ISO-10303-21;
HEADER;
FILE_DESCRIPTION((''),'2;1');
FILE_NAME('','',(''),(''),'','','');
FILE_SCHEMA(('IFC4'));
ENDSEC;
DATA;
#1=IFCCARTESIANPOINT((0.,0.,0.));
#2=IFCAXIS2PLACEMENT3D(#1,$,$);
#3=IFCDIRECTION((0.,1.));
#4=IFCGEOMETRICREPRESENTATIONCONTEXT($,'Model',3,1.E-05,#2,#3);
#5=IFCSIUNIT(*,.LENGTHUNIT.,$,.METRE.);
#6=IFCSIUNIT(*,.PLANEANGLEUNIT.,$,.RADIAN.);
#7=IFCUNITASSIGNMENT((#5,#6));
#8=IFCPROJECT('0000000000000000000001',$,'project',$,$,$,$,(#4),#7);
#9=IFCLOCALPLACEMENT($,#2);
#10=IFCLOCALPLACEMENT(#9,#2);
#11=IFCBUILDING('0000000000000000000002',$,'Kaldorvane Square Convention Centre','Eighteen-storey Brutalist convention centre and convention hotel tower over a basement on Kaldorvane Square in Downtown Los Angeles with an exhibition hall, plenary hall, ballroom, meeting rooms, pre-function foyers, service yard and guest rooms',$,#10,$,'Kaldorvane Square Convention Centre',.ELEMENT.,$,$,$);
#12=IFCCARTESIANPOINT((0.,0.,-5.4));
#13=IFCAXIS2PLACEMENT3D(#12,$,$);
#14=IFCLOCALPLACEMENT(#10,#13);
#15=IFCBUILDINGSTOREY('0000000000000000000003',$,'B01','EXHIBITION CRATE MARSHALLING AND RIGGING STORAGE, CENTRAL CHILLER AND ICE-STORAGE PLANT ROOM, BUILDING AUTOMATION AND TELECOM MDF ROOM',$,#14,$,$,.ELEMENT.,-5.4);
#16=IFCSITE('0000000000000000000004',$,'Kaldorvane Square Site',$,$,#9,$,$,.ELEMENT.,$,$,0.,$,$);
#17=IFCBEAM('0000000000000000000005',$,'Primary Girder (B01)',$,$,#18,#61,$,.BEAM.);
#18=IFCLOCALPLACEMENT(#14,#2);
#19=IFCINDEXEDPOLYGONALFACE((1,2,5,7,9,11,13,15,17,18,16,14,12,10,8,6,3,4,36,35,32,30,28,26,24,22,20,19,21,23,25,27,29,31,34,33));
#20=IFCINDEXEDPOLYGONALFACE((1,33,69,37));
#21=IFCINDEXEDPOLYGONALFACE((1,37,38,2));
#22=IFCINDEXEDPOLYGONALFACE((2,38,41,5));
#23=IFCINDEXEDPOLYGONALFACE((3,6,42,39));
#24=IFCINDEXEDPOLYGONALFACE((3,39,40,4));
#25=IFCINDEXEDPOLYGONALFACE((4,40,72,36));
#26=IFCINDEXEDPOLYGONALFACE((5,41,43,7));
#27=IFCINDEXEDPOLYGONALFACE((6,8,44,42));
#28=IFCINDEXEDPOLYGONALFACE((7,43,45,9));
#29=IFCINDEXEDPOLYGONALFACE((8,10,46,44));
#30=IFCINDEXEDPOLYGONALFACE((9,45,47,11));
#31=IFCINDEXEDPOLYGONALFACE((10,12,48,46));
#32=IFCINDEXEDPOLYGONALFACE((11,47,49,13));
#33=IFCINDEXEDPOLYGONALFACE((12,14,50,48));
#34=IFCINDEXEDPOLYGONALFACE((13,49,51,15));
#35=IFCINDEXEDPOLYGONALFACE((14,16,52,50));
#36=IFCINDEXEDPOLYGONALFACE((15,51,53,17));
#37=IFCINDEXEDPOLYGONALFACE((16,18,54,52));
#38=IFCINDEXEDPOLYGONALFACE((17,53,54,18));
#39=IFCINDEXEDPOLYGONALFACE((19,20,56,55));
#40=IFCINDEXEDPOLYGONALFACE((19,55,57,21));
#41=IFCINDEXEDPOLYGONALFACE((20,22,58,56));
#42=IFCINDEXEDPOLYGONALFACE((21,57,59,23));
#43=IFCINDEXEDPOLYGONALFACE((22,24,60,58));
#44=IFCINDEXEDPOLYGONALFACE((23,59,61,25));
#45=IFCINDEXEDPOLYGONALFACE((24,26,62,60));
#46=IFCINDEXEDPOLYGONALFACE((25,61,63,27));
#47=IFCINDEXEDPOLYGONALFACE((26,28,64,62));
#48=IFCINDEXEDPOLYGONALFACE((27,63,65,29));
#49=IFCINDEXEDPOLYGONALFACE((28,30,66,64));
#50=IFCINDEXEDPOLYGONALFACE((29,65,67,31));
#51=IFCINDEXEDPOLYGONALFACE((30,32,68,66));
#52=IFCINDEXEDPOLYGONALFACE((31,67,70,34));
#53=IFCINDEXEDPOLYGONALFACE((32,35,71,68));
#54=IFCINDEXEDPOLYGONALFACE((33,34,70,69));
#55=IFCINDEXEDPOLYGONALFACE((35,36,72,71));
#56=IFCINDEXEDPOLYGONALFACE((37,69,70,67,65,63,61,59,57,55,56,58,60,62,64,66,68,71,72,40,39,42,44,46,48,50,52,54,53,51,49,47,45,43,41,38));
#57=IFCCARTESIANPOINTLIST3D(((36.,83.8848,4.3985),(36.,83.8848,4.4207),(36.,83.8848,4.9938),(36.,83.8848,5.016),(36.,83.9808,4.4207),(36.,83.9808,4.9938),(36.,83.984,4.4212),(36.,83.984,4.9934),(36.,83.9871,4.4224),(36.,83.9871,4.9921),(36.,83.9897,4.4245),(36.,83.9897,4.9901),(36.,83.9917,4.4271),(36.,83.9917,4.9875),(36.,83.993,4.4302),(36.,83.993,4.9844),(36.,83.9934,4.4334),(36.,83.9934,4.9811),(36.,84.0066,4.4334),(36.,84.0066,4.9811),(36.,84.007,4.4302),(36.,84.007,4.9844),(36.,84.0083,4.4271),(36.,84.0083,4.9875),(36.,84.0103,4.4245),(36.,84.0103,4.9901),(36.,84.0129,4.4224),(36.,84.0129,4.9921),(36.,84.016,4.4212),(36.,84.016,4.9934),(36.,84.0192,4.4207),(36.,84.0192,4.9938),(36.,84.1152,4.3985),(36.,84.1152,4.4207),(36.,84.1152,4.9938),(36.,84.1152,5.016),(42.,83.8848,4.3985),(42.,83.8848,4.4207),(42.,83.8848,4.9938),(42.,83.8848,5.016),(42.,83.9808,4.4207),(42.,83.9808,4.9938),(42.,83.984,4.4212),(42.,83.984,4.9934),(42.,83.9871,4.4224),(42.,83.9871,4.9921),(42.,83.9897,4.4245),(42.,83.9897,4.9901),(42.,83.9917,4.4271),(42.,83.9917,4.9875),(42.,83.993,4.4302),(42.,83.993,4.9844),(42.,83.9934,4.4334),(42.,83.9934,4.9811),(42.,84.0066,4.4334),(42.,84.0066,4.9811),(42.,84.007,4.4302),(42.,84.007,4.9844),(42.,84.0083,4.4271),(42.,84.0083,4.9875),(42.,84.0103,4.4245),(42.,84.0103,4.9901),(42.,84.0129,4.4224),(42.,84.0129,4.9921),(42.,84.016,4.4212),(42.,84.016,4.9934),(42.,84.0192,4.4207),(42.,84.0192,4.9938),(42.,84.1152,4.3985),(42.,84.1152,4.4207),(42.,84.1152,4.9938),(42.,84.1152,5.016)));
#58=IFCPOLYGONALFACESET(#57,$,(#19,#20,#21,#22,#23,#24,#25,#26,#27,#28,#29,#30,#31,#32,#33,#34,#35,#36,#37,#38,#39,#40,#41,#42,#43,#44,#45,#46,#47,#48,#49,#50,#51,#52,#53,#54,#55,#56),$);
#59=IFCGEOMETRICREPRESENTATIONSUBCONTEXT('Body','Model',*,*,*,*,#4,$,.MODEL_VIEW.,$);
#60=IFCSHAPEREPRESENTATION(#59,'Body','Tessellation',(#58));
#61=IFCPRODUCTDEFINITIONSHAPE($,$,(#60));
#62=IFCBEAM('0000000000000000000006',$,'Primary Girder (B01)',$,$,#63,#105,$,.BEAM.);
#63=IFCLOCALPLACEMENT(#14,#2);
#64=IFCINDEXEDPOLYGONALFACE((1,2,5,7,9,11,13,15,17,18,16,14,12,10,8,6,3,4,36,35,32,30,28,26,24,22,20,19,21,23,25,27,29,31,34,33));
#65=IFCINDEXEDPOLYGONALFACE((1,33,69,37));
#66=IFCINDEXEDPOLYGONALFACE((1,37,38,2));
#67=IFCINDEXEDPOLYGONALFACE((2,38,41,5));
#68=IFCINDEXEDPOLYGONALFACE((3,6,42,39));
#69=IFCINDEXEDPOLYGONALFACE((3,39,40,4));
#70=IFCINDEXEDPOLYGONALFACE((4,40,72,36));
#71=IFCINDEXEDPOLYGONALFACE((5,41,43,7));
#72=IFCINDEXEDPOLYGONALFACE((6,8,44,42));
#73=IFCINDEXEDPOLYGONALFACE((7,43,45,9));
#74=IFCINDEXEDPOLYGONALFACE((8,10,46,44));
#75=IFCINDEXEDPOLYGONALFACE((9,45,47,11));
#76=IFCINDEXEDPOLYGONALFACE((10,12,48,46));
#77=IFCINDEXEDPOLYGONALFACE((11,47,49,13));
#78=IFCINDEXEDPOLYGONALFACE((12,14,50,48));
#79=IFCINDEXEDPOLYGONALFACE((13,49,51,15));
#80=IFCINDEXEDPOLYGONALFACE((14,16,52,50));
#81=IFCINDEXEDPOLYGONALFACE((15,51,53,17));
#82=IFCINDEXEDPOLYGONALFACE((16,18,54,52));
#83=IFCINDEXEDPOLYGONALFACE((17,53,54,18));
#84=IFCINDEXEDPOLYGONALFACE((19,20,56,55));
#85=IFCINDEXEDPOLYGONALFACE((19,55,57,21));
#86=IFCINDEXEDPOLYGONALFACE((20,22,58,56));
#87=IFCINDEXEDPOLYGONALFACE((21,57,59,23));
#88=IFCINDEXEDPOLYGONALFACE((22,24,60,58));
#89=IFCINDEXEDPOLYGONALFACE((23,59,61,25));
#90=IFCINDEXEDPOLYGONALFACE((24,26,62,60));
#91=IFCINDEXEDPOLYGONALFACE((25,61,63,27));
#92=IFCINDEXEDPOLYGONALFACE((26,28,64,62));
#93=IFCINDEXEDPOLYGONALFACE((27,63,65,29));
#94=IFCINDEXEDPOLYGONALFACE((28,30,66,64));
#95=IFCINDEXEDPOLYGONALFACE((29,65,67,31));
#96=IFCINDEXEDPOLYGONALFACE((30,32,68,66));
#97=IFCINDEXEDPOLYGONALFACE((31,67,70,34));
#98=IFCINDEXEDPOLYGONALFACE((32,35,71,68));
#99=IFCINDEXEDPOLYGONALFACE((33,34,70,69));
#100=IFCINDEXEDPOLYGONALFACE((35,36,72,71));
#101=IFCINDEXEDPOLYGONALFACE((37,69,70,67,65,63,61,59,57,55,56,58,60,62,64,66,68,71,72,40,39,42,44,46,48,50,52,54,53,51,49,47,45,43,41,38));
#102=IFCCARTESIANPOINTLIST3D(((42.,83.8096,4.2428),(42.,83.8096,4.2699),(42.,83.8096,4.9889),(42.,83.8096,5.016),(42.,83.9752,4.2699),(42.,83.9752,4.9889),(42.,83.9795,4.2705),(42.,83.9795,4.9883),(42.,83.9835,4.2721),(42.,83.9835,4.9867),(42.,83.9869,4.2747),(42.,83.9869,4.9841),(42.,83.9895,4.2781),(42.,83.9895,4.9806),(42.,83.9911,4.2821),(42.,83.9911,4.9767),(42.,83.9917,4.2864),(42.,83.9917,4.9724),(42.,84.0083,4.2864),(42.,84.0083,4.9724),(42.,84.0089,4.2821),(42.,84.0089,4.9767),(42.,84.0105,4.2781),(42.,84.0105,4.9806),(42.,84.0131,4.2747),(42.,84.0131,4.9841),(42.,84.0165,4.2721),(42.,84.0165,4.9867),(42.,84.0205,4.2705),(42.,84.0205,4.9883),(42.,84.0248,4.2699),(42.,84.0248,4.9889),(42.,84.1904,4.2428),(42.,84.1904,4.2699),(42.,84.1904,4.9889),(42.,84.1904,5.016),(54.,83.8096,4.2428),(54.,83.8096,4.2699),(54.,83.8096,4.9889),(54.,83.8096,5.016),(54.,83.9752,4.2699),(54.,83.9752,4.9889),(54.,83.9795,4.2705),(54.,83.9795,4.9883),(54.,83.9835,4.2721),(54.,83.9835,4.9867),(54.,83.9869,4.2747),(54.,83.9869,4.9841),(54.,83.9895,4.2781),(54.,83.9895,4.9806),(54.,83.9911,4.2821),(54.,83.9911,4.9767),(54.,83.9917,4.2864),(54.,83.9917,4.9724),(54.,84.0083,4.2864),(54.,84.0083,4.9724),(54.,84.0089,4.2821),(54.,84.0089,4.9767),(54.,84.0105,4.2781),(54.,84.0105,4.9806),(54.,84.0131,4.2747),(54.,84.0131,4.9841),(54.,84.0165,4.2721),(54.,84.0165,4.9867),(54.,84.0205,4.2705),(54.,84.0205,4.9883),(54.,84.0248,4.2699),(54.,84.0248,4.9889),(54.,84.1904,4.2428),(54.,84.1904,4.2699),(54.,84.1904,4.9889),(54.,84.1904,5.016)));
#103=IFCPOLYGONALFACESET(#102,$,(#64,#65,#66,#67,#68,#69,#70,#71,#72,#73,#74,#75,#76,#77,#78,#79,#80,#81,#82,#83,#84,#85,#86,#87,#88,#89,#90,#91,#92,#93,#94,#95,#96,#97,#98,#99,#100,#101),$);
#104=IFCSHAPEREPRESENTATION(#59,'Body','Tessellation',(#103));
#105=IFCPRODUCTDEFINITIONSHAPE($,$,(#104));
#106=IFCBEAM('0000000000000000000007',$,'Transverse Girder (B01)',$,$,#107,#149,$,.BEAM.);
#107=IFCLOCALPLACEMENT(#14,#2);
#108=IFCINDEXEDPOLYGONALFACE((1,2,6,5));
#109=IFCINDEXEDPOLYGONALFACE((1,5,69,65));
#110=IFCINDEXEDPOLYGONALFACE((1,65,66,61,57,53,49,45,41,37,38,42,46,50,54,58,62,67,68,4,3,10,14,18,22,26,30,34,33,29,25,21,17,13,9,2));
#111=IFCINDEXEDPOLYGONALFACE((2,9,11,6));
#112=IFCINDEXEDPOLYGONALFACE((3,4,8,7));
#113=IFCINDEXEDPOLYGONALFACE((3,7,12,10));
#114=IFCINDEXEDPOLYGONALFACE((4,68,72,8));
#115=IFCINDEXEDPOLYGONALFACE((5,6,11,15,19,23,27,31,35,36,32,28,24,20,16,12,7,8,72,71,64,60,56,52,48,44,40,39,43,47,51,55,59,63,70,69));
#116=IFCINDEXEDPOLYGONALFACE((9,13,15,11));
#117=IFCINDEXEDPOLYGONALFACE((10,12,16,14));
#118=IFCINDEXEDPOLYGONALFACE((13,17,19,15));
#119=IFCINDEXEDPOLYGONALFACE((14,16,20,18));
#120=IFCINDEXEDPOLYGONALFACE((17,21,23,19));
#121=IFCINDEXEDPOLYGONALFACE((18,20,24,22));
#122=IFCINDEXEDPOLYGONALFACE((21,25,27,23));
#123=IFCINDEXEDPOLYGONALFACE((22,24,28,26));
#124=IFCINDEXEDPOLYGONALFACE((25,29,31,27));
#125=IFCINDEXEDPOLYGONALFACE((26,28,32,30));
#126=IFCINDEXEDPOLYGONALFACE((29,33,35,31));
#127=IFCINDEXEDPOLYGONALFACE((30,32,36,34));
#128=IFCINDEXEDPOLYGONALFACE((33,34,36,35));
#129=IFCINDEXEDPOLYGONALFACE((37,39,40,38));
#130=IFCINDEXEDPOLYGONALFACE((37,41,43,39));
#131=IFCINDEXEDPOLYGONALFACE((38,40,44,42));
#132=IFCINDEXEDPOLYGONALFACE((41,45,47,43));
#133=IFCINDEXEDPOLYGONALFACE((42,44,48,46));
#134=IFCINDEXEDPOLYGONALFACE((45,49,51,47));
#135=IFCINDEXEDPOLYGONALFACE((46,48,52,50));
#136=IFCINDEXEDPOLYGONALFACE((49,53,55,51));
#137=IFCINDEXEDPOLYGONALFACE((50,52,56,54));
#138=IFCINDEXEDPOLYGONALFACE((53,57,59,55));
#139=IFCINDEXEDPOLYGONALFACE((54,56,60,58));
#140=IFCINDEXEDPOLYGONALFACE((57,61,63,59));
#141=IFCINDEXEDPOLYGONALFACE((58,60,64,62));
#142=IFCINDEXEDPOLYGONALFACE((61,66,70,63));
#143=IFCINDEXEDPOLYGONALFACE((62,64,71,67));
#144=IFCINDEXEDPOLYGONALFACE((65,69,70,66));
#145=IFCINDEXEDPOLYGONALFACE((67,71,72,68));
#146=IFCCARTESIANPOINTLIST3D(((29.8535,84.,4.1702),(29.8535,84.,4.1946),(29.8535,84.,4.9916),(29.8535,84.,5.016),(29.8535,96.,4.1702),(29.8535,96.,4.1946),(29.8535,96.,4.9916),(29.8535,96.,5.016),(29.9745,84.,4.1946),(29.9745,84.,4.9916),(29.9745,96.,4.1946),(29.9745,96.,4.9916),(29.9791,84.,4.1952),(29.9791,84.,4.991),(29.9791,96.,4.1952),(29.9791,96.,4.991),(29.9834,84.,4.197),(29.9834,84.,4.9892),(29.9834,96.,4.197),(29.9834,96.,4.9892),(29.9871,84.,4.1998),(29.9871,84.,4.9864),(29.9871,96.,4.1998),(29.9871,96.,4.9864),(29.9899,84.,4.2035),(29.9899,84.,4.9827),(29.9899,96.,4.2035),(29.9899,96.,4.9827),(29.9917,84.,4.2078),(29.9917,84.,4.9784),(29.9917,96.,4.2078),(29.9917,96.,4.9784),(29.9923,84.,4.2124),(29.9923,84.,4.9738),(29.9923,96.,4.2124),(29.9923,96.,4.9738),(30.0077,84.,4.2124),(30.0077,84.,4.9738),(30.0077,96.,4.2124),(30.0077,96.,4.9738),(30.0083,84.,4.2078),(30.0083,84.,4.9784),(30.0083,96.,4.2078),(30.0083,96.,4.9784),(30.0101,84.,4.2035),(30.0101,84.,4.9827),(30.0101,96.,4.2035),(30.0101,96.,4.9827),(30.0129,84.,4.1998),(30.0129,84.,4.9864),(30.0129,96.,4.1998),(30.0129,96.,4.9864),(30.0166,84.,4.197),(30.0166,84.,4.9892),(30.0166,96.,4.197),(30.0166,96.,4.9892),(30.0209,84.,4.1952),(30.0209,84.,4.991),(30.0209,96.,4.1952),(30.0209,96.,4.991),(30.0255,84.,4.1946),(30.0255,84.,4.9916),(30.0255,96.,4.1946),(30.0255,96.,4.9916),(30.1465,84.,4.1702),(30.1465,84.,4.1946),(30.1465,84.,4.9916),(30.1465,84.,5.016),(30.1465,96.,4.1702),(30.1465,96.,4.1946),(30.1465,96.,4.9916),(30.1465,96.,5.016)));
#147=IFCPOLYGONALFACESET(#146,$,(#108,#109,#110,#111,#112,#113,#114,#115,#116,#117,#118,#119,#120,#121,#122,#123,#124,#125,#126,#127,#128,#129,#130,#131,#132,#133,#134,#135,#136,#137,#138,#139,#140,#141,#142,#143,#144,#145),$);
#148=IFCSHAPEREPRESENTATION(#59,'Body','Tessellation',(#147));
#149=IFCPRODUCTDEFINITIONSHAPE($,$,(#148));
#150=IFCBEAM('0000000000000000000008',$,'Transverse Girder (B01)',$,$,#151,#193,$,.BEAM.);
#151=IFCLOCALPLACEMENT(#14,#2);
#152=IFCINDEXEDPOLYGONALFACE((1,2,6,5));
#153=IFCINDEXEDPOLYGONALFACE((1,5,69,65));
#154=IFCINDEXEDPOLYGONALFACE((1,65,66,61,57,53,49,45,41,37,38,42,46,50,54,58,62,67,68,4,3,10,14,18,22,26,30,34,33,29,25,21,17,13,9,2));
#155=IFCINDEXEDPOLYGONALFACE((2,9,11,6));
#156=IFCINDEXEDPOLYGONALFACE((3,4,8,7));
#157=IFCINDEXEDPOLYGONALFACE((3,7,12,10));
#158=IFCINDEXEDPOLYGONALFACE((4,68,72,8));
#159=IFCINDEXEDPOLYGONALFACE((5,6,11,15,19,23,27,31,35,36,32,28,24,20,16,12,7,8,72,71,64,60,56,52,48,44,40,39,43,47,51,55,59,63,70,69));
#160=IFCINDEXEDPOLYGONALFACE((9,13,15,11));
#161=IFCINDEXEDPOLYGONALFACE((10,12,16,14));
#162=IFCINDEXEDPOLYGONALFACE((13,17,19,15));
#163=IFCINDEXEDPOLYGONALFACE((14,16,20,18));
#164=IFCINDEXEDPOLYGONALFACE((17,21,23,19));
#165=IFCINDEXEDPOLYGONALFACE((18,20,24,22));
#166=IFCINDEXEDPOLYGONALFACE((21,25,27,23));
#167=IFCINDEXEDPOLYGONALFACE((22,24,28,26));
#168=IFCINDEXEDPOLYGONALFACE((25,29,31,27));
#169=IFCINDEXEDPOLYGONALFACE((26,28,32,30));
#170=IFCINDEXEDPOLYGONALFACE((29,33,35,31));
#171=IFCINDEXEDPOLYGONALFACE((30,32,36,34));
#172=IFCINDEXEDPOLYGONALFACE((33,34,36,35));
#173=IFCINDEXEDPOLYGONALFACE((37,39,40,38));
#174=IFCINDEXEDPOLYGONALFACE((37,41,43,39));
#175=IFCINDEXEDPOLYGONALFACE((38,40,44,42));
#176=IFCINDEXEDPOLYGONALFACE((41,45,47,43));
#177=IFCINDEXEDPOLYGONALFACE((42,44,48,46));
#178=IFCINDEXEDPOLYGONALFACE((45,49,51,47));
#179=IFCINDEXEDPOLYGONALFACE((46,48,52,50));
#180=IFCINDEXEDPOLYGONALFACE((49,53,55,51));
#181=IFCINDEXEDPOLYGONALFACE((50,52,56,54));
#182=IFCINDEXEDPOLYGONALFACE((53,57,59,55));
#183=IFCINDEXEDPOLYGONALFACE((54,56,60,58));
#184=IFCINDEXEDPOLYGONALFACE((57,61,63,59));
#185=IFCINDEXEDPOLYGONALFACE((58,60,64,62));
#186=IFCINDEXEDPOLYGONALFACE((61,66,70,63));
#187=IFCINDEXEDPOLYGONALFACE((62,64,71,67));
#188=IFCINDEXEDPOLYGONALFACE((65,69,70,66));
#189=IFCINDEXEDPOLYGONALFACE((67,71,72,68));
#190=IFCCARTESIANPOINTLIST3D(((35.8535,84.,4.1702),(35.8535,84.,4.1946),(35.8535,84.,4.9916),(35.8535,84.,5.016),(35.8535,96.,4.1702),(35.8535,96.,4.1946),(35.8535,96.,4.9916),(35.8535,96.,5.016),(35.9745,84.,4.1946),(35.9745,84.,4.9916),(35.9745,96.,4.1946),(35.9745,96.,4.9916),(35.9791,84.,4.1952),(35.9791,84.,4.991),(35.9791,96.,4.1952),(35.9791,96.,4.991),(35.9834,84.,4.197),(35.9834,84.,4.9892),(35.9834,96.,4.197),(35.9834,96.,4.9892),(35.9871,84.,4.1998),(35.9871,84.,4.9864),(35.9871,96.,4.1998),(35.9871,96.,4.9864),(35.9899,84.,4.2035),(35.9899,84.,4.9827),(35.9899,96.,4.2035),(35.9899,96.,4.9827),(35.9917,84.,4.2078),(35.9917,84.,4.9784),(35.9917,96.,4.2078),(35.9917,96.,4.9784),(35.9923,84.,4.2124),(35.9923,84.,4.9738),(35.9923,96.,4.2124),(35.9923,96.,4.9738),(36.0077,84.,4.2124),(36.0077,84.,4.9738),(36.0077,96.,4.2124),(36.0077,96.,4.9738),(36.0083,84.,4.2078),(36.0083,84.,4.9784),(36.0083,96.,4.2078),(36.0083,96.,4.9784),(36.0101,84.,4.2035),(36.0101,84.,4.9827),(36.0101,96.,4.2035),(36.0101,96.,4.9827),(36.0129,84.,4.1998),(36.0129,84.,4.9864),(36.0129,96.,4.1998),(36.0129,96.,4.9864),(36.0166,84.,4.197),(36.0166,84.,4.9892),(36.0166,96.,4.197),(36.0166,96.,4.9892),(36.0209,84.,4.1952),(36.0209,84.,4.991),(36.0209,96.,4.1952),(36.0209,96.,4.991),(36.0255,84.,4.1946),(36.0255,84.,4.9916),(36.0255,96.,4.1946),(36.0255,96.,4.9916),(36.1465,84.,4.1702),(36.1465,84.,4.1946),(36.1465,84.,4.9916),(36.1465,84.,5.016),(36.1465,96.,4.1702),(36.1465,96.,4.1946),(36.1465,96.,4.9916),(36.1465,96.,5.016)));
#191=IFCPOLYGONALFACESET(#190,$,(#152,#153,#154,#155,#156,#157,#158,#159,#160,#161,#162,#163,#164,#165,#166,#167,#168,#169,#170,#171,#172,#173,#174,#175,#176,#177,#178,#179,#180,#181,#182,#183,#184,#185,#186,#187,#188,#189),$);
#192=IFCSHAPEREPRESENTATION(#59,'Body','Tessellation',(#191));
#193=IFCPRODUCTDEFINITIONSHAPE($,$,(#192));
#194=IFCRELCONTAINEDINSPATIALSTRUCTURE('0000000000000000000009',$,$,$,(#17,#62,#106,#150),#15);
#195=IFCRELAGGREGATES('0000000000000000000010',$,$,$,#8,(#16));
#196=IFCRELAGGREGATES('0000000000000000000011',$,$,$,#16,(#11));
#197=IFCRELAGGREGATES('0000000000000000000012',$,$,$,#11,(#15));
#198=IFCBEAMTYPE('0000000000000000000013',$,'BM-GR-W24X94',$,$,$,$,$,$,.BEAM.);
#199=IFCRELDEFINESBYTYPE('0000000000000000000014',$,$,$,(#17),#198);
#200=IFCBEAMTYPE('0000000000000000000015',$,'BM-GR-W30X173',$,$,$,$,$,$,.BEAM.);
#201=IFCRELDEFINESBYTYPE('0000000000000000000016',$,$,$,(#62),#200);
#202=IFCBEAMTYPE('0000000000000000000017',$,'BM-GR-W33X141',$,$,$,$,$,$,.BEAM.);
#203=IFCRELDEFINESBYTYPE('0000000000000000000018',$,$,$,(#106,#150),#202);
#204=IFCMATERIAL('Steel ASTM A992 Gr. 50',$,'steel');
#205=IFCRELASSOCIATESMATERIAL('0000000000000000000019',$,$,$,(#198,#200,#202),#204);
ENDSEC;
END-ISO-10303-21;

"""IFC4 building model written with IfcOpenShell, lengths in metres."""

from ifc_helpers import new_model, si_unit, direction, frame, origin, origin_2d, place, context, subcontext, project, spatial, i_section, extrude, material, material_profile, profile_set, type_object, element, save


model = new_model("IFC4")

# Units and contexts
model_context = context("Model", 3, precision=1e-05, world=origin(), true_north=direction((0.0, 1.0)))
body_context = subcontext(model_context, "Body", "Model", "MODEL_VIEW")
ifc_project = project(units=[si_unit("LENGTHUNIT", "METRE"), si_unit("PLANEANGLEUNIT", "RADIAN")], contexts=[model_context])

# Site, building, storey
site_placement = place(None, origin())
site = spatial("IfcSite", under=ifc_project, at=site_placement, Name="Kaldorvane Square Site", CompositionType="ELEMENT", RefElevation=0.0)
building_placement = place(site_placement, origin())
building = spatial("IfcBuilding", under=site, at=building_placement, Name="Kaldorvane Square Convention Centre", Description="Eighteen-storey Brutalist convention centre and convention hotel tower over a basement on Kaldorvane Square in Downtown Los Angeles with an exhibition hall, plenary hall, ballroom, meeting rooms, pre-function foyers, service yard and guest rooms", LongName="Kaldorvane Square Convention Centre", CompositionType="ELEMENT")
storey_placement = place(building_placement, frame((0.0, 0.0, -5.4)))
storey = spatial("IfcBuildingStorey", under=building, at=storey_placement, Name="B01", Description="EXHIBITION CRATE MARSHALLING AND RIGGING STORAGE, CENTRAL CHILLER AND ICE-STORAGE PLANT ROOM, BUILDING AUTOMATION AND TELECOM MDF ROOM", CompositionType="ELEMENT", Elevation=-5.4)

# Shared definitions
ifc_material_1 = material(Name="Steel ASTM A992 Gr. 50", Category="steel")

# Beams
ifc_material_profile_1 = material_profile(ifc_material_1, i_section(OverallWidth=0.2303, OverallDepth=0.6175, WebThickness=0.0131, FlangeThickness=0.0222, FilletRadius=0.0127, at=origin_2d()), Name="W24X94")
ifc_profile_set_1 = profile_set([ifc_material_profile_1], Name="Steel ASTM A992 Gr. 50")
beam_type_1 = type_object("IfcBeamType", Name="BM-GR-W24X94", PredefinedType="BEAM", material=ifc_profile_set_1)
for number, where, z_axis, x_axis, name in (
    (1, (36.0, 84.0, 4.7073), (1.0, 0.0, 0.0), (0.0, 1.0, 0.0), "Primary Girder (B01)"),
):
    element("IfcBeam", number, at=place(storey_placement, frame(where, z_axis=z_axis, x_axis=x_axis)), inside=storey, type_object=beam_type_1, Name=name, PredefinedType="BEAM", context=body_context, shape_type="SweptSolid", body=[
        extrude(i_section(OverallWidth=0.2303, OverallDepth=0.6175, WebThickness=0.0131, FlangeThickness=0.0222, FilletRadius=0.0127, at=origin_2d()), origin(), (0.0, 0.0, 1.0), 6.0),
    ])
ifc_material_profile_2 = material_profile(ifc_material_1, i_section(OverallWidth=0.3807, OverallDepth=0.7732, WebThickness=0.0166, FlangeThickness=0.0271, FilletRadius=0.0165, at=origin_2d()), Name="W30X173")
ifc_profile_set_2 = profile_set([ifc_material_profile_2], Name="Steel ASTM A992 Gr. 50")
beam_type_2 = type_object("IfcBeamType", Name="BM-GR-W30X173", PredefinedType="BEAM", material=ifc_profile_set_2)
beam_placement = place(storey_placement, frame((42.0, 84.0, 4.6294), z_axis=(1.0, 0.0, 0.0), x_axis=(0.0, 1.0, 0.0)))
element("IfcBeam", 2, at=beam_placement, inside=storey, type_object=beam_type_2, Name="Primary Girder (B01)", PredefinedType="BEAM", context=body_context, shape_type="SweptSolid", body=[
    extrude(i_section(OverallWidth=0.3807, OverallDepth=0.7732, WebThickness=0.0166, FlangeThickness=0.0271, FilletRadius=0.0165, at=origin_2d()), origin(), (0.0, 0.0, 1.0), 12.0),
])
ifc_material_profile_3 = material_profile(ifc_material_1, i_section(OverallWidth=0.293, OverallDepth=0.8458, WebThickness=0.0154, FlangeThickness=0.0244, FilletRadius=0.0178, at=origin_2d()), Name="W33X141")
ifc_profile_set_3 = profile_set([ifc_material_profile_3], Name="Steel ASTM A992 Gr. 50")
beam_type_3 = type_object("IfcBeamType", Name="BM-GR-W33X141", PredefinedType="BEAM", material=ifc_profile_set_3)
for number, where, z_axis, x_axis, name in (
    (3, (30.0, 84.0, 4.5931), (0.0, 1.0, 0.0), (-1.0, 0.0, 0.0), "Transverse Girder (B01)"),
    (4, (36.0, 84.0, 4.5931), (0.0, 1.0, 0.0), (-1.0, 0.0, 0.0), "Transverse Girder (B01)"),
):
    element("IfcBeam", number, at=place(storey_placement, frame(where, z_axis=z_axis, x_axis=x_axis)), inside=storey, type_object=beam_type_3, Name=name, PredefinedType="BEAM", context=body_context, shape_type="SweptSolid", body=[
        extrude(i_section(OverallWidth=0.293, OverallDepth=0.8458, WebThickness=0.0154, FlangeThickness=0.0244, FilletRadius=0.0178, at=origin_2d()), origin(), (0.0, 0.0, 1.0), 12.0),
    ])

save(model, "model.ifc")
